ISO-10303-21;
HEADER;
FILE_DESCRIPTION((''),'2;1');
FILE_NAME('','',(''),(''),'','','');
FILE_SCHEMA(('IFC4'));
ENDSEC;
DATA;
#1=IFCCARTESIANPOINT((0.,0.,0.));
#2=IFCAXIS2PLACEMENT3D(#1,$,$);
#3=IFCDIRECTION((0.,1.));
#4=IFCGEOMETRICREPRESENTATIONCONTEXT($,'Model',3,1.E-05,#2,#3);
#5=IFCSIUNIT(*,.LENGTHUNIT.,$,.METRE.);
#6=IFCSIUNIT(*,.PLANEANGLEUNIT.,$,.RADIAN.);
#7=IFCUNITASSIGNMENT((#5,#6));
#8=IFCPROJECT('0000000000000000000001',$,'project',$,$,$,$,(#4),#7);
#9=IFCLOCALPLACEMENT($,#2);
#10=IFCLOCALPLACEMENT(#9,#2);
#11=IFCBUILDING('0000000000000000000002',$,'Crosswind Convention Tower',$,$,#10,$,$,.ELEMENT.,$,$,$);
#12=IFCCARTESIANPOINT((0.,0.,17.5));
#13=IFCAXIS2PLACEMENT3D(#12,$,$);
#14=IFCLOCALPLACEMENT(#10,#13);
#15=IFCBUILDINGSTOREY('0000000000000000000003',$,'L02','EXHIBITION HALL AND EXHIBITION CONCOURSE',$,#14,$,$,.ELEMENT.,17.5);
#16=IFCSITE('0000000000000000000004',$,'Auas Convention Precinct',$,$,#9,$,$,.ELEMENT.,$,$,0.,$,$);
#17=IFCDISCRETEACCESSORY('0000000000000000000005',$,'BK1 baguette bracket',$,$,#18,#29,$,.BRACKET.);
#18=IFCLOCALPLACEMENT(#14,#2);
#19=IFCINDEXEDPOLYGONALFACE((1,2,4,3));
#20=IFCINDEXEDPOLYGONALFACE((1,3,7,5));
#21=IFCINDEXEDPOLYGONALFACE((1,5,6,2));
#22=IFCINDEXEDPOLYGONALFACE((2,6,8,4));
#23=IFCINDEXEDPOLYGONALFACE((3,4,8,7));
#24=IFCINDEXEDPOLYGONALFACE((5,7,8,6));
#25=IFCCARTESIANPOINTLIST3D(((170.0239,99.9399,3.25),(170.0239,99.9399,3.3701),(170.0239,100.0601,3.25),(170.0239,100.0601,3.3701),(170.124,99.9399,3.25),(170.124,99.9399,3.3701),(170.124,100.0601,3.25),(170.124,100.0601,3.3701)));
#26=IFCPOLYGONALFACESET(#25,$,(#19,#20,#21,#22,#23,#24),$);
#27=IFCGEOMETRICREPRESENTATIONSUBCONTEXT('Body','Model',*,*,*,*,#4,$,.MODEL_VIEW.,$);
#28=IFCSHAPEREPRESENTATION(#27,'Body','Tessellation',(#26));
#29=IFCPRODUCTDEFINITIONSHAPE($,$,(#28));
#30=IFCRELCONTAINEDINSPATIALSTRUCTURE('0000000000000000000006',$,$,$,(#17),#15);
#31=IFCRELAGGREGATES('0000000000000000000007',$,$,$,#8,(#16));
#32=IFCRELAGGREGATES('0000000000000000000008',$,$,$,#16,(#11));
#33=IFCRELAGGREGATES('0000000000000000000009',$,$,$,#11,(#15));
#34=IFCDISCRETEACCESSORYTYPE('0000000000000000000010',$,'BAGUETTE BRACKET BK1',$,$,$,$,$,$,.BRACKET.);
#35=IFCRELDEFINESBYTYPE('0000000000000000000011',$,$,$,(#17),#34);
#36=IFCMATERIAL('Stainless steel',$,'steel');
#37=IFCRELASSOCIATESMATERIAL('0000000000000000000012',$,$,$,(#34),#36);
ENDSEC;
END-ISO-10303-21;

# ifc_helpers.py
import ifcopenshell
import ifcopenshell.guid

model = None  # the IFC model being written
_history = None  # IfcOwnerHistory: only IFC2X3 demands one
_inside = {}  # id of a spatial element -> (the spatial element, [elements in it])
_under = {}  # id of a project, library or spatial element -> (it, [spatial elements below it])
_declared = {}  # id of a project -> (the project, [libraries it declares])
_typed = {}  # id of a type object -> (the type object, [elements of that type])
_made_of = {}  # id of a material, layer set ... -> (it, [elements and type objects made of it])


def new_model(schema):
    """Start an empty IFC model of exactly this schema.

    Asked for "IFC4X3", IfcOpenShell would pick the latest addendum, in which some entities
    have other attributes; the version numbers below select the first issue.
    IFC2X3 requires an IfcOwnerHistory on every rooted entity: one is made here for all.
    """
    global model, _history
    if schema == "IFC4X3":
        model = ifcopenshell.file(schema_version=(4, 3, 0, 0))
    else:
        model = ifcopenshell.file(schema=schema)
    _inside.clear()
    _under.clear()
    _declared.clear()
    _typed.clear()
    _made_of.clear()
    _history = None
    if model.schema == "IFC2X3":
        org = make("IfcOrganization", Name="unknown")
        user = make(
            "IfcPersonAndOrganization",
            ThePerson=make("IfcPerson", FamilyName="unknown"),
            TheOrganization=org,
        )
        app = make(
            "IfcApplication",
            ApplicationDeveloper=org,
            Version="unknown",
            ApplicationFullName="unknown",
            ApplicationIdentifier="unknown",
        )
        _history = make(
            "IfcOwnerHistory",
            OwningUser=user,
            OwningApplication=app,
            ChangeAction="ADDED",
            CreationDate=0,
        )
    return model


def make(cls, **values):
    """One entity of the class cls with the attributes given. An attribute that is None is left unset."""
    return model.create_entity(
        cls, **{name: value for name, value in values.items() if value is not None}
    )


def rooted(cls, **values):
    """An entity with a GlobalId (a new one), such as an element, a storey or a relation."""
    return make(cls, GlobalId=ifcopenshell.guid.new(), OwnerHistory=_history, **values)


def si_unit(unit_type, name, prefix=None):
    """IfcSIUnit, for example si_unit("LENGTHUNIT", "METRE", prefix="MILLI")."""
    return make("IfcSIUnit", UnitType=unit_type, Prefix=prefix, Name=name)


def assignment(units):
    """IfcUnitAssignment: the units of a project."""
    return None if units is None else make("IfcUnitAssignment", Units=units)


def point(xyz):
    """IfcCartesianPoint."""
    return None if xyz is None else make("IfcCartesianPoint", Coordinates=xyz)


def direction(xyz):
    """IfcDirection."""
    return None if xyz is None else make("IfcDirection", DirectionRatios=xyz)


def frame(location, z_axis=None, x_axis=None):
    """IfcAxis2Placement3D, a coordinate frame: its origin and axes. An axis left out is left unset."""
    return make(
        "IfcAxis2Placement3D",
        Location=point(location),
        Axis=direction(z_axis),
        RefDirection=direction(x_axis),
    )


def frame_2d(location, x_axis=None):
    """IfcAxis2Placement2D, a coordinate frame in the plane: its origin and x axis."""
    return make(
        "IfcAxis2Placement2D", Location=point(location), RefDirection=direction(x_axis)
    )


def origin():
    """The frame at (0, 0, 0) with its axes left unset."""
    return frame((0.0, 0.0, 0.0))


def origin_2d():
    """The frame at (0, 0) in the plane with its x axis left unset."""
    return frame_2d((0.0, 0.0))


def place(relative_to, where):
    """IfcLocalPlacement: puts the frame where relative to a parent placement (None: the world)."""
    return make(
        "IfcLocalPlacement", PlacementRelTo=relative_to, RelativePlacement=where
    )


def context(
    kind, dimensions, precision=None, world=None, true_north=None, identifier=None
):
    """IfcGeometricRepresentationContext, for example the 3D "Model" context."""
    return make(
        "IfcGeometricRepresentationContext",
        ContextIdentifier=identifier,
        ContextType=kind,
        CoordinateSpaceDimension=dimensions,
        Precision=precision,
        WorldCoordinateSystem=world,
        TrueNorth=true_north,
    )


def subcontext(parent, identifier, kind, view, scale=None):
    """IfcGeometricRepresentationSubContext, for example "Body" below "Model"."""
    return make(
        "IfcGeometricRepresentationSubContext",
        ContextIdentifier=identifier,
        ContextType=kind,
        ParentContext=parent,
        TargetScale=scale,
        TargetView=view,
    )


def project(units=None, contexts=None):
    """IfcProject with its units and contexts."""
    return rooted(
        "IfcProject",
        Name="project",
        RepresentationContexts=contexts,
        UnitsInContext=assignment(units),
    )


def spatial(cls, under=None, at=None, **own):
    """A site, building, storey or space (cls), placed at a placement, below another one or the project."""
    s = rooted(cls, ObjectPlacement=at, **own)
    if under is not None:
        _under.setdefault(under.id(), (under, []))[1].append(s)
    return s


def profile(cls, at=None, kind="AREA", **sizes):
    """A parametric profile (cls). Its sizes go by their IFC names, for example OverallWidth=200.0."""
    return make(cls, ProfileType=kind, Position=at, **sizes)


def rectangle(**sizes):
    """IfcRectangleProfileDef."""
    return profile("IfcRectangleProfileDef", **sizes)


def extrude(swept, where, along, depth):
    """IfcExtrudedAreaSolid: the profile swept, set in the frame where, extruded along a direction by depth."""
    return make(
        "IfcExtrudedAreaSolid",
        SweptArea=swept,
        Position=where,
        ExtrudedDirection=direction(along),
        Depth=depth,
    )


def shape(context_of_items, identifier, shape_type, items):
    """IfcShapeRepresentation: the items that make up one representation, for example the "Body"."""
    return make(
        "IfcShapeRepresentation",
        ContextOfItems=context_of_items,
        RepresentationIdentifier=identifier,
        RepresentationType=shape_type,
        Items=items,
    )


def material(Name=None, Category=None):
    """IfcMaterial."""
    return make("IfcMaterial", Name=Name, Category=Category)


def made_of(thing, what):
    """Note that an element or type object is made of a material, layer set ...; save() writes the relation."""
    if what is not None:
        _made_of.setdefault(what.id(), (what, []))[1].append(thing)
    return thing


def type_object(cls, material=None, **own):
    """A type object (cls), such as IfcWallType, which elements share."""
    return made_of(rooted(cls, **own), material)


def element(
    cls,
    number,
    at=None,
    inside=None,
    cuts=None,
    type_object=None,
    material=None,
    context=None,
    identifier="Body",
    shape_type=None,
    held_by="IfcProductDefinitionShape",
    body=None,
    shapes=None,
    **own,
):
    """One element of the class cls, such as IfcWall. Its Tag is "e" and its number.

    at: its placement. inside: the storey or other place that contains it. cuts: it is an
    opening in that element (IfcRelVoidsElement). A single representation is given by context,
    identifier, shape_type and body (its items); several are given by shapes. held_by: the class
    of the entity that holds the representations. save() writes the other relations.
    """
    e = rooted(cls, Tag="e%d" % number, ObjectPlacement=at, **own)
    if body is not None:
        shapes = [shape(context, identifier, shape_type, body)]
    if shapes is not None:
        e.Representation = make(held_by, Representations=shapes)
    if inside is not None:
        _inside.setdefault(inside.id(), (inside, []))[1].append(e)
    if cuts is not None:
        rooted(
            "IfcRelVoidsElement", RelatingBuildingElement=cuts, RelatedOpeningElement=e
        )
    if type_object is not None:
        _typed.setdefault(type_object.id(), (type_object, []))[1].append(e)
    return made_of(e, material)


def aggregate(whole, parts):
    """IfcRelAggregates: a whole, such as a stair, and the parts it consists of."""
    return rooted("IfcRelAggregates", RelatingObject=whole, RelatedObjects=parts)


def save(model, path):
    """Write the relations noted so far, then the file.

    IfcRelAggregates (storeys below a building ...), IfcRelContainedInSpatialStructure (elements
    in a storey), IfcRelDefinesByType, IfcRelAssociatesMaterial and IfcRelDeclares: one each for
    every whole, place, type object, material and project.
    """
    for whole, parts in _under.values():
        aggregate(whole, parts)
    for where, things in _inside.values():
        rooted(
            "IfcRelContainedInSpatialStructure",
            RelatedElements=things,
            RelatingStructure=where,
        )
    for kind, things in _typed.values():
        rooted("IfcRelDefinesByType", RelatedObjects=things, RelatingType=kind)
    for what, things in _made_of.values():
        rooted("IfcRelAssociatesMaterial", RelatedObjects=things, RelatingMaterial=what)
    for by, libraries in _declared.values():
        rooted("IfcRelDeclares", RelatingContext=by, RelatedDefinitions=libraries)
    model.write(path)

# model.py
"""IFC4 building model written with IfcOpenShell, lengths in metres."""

from ifc_helpers import new_model, si_unit, direction, frame, origin, origin_2d, place, context, subcontext, project, spatial, rectangle, extrude, material, type_object, element, save


model = new_model("IFC4")

# Units and contexts
model_context = context("Model", 3, precision=1e-05, world=origin(), true_north=direction((0.0, 1.0)))
body_context = subcontext(model_context, "Body", "Model", "MODEL_VIEW")
ifc_project = project(units=[si_unit("LENGTHUNIT", "METRE"), si_unit("PLANEANGLEUNIT", "RADIAN")], contexts=[model_context])

# Site, building, storey
site_placement = place(None, origin())
site = spatial("IfcSite", under=ifc_project, at=site_placement, Name="Auas Convention Precinct", CompositionType="ELEMENT", RefElevation=0.0)
building_placement = place(site_placement, origin())
building = spatial("IfcBuilding", under=site, at=building_placement, Name="Crosswind Convention Tower", CompositionType="ELEMENT")
storey_placement = place(building_placement, frame((0.0, 0.0, 17.5)))
storey = spatial("IfcBuildingStorey", under=building, at=storey_placement, Name="L02", Description="EXHIBITION HALL AND EXHIBITION CONCOURSE", CompositionType="ELEMENT", Elevation=17.5)

# Shared definitions
ifc_material_1 = material(Name="Stainless steel", Category="steel")

# Discrete accessory
discrete_accessory_type = type_object("IfcDiscreteAccessoryType", Name="BAGUETTE BRACKET BK1", PredefinedType="BRACKET", material=ifc_material_1)
discrete_accessory_placement = place(storey_placement, frame((170.074, 100.0, 3.25), z_axis=(0.0, 0.0, 1.0), x_axis=(0.0, 1.0, 0.0)))
element("IfcDiscreteAccessory", 1, at=discrete_accessory_placement, inside=storey, type_object=discrete_accessory_type, Name="BK1 baguette bracket", PredefinedType="BRACKET", context=body_context, shape_type="SweptSolid", body=[
    extrude(rectangle(XDim=0.1201, YDim=0.1001, at=origin_2d()), origin(), (0.0, 0.0, 1.0), 0.1201),
])

save(model, "model.ifc")
